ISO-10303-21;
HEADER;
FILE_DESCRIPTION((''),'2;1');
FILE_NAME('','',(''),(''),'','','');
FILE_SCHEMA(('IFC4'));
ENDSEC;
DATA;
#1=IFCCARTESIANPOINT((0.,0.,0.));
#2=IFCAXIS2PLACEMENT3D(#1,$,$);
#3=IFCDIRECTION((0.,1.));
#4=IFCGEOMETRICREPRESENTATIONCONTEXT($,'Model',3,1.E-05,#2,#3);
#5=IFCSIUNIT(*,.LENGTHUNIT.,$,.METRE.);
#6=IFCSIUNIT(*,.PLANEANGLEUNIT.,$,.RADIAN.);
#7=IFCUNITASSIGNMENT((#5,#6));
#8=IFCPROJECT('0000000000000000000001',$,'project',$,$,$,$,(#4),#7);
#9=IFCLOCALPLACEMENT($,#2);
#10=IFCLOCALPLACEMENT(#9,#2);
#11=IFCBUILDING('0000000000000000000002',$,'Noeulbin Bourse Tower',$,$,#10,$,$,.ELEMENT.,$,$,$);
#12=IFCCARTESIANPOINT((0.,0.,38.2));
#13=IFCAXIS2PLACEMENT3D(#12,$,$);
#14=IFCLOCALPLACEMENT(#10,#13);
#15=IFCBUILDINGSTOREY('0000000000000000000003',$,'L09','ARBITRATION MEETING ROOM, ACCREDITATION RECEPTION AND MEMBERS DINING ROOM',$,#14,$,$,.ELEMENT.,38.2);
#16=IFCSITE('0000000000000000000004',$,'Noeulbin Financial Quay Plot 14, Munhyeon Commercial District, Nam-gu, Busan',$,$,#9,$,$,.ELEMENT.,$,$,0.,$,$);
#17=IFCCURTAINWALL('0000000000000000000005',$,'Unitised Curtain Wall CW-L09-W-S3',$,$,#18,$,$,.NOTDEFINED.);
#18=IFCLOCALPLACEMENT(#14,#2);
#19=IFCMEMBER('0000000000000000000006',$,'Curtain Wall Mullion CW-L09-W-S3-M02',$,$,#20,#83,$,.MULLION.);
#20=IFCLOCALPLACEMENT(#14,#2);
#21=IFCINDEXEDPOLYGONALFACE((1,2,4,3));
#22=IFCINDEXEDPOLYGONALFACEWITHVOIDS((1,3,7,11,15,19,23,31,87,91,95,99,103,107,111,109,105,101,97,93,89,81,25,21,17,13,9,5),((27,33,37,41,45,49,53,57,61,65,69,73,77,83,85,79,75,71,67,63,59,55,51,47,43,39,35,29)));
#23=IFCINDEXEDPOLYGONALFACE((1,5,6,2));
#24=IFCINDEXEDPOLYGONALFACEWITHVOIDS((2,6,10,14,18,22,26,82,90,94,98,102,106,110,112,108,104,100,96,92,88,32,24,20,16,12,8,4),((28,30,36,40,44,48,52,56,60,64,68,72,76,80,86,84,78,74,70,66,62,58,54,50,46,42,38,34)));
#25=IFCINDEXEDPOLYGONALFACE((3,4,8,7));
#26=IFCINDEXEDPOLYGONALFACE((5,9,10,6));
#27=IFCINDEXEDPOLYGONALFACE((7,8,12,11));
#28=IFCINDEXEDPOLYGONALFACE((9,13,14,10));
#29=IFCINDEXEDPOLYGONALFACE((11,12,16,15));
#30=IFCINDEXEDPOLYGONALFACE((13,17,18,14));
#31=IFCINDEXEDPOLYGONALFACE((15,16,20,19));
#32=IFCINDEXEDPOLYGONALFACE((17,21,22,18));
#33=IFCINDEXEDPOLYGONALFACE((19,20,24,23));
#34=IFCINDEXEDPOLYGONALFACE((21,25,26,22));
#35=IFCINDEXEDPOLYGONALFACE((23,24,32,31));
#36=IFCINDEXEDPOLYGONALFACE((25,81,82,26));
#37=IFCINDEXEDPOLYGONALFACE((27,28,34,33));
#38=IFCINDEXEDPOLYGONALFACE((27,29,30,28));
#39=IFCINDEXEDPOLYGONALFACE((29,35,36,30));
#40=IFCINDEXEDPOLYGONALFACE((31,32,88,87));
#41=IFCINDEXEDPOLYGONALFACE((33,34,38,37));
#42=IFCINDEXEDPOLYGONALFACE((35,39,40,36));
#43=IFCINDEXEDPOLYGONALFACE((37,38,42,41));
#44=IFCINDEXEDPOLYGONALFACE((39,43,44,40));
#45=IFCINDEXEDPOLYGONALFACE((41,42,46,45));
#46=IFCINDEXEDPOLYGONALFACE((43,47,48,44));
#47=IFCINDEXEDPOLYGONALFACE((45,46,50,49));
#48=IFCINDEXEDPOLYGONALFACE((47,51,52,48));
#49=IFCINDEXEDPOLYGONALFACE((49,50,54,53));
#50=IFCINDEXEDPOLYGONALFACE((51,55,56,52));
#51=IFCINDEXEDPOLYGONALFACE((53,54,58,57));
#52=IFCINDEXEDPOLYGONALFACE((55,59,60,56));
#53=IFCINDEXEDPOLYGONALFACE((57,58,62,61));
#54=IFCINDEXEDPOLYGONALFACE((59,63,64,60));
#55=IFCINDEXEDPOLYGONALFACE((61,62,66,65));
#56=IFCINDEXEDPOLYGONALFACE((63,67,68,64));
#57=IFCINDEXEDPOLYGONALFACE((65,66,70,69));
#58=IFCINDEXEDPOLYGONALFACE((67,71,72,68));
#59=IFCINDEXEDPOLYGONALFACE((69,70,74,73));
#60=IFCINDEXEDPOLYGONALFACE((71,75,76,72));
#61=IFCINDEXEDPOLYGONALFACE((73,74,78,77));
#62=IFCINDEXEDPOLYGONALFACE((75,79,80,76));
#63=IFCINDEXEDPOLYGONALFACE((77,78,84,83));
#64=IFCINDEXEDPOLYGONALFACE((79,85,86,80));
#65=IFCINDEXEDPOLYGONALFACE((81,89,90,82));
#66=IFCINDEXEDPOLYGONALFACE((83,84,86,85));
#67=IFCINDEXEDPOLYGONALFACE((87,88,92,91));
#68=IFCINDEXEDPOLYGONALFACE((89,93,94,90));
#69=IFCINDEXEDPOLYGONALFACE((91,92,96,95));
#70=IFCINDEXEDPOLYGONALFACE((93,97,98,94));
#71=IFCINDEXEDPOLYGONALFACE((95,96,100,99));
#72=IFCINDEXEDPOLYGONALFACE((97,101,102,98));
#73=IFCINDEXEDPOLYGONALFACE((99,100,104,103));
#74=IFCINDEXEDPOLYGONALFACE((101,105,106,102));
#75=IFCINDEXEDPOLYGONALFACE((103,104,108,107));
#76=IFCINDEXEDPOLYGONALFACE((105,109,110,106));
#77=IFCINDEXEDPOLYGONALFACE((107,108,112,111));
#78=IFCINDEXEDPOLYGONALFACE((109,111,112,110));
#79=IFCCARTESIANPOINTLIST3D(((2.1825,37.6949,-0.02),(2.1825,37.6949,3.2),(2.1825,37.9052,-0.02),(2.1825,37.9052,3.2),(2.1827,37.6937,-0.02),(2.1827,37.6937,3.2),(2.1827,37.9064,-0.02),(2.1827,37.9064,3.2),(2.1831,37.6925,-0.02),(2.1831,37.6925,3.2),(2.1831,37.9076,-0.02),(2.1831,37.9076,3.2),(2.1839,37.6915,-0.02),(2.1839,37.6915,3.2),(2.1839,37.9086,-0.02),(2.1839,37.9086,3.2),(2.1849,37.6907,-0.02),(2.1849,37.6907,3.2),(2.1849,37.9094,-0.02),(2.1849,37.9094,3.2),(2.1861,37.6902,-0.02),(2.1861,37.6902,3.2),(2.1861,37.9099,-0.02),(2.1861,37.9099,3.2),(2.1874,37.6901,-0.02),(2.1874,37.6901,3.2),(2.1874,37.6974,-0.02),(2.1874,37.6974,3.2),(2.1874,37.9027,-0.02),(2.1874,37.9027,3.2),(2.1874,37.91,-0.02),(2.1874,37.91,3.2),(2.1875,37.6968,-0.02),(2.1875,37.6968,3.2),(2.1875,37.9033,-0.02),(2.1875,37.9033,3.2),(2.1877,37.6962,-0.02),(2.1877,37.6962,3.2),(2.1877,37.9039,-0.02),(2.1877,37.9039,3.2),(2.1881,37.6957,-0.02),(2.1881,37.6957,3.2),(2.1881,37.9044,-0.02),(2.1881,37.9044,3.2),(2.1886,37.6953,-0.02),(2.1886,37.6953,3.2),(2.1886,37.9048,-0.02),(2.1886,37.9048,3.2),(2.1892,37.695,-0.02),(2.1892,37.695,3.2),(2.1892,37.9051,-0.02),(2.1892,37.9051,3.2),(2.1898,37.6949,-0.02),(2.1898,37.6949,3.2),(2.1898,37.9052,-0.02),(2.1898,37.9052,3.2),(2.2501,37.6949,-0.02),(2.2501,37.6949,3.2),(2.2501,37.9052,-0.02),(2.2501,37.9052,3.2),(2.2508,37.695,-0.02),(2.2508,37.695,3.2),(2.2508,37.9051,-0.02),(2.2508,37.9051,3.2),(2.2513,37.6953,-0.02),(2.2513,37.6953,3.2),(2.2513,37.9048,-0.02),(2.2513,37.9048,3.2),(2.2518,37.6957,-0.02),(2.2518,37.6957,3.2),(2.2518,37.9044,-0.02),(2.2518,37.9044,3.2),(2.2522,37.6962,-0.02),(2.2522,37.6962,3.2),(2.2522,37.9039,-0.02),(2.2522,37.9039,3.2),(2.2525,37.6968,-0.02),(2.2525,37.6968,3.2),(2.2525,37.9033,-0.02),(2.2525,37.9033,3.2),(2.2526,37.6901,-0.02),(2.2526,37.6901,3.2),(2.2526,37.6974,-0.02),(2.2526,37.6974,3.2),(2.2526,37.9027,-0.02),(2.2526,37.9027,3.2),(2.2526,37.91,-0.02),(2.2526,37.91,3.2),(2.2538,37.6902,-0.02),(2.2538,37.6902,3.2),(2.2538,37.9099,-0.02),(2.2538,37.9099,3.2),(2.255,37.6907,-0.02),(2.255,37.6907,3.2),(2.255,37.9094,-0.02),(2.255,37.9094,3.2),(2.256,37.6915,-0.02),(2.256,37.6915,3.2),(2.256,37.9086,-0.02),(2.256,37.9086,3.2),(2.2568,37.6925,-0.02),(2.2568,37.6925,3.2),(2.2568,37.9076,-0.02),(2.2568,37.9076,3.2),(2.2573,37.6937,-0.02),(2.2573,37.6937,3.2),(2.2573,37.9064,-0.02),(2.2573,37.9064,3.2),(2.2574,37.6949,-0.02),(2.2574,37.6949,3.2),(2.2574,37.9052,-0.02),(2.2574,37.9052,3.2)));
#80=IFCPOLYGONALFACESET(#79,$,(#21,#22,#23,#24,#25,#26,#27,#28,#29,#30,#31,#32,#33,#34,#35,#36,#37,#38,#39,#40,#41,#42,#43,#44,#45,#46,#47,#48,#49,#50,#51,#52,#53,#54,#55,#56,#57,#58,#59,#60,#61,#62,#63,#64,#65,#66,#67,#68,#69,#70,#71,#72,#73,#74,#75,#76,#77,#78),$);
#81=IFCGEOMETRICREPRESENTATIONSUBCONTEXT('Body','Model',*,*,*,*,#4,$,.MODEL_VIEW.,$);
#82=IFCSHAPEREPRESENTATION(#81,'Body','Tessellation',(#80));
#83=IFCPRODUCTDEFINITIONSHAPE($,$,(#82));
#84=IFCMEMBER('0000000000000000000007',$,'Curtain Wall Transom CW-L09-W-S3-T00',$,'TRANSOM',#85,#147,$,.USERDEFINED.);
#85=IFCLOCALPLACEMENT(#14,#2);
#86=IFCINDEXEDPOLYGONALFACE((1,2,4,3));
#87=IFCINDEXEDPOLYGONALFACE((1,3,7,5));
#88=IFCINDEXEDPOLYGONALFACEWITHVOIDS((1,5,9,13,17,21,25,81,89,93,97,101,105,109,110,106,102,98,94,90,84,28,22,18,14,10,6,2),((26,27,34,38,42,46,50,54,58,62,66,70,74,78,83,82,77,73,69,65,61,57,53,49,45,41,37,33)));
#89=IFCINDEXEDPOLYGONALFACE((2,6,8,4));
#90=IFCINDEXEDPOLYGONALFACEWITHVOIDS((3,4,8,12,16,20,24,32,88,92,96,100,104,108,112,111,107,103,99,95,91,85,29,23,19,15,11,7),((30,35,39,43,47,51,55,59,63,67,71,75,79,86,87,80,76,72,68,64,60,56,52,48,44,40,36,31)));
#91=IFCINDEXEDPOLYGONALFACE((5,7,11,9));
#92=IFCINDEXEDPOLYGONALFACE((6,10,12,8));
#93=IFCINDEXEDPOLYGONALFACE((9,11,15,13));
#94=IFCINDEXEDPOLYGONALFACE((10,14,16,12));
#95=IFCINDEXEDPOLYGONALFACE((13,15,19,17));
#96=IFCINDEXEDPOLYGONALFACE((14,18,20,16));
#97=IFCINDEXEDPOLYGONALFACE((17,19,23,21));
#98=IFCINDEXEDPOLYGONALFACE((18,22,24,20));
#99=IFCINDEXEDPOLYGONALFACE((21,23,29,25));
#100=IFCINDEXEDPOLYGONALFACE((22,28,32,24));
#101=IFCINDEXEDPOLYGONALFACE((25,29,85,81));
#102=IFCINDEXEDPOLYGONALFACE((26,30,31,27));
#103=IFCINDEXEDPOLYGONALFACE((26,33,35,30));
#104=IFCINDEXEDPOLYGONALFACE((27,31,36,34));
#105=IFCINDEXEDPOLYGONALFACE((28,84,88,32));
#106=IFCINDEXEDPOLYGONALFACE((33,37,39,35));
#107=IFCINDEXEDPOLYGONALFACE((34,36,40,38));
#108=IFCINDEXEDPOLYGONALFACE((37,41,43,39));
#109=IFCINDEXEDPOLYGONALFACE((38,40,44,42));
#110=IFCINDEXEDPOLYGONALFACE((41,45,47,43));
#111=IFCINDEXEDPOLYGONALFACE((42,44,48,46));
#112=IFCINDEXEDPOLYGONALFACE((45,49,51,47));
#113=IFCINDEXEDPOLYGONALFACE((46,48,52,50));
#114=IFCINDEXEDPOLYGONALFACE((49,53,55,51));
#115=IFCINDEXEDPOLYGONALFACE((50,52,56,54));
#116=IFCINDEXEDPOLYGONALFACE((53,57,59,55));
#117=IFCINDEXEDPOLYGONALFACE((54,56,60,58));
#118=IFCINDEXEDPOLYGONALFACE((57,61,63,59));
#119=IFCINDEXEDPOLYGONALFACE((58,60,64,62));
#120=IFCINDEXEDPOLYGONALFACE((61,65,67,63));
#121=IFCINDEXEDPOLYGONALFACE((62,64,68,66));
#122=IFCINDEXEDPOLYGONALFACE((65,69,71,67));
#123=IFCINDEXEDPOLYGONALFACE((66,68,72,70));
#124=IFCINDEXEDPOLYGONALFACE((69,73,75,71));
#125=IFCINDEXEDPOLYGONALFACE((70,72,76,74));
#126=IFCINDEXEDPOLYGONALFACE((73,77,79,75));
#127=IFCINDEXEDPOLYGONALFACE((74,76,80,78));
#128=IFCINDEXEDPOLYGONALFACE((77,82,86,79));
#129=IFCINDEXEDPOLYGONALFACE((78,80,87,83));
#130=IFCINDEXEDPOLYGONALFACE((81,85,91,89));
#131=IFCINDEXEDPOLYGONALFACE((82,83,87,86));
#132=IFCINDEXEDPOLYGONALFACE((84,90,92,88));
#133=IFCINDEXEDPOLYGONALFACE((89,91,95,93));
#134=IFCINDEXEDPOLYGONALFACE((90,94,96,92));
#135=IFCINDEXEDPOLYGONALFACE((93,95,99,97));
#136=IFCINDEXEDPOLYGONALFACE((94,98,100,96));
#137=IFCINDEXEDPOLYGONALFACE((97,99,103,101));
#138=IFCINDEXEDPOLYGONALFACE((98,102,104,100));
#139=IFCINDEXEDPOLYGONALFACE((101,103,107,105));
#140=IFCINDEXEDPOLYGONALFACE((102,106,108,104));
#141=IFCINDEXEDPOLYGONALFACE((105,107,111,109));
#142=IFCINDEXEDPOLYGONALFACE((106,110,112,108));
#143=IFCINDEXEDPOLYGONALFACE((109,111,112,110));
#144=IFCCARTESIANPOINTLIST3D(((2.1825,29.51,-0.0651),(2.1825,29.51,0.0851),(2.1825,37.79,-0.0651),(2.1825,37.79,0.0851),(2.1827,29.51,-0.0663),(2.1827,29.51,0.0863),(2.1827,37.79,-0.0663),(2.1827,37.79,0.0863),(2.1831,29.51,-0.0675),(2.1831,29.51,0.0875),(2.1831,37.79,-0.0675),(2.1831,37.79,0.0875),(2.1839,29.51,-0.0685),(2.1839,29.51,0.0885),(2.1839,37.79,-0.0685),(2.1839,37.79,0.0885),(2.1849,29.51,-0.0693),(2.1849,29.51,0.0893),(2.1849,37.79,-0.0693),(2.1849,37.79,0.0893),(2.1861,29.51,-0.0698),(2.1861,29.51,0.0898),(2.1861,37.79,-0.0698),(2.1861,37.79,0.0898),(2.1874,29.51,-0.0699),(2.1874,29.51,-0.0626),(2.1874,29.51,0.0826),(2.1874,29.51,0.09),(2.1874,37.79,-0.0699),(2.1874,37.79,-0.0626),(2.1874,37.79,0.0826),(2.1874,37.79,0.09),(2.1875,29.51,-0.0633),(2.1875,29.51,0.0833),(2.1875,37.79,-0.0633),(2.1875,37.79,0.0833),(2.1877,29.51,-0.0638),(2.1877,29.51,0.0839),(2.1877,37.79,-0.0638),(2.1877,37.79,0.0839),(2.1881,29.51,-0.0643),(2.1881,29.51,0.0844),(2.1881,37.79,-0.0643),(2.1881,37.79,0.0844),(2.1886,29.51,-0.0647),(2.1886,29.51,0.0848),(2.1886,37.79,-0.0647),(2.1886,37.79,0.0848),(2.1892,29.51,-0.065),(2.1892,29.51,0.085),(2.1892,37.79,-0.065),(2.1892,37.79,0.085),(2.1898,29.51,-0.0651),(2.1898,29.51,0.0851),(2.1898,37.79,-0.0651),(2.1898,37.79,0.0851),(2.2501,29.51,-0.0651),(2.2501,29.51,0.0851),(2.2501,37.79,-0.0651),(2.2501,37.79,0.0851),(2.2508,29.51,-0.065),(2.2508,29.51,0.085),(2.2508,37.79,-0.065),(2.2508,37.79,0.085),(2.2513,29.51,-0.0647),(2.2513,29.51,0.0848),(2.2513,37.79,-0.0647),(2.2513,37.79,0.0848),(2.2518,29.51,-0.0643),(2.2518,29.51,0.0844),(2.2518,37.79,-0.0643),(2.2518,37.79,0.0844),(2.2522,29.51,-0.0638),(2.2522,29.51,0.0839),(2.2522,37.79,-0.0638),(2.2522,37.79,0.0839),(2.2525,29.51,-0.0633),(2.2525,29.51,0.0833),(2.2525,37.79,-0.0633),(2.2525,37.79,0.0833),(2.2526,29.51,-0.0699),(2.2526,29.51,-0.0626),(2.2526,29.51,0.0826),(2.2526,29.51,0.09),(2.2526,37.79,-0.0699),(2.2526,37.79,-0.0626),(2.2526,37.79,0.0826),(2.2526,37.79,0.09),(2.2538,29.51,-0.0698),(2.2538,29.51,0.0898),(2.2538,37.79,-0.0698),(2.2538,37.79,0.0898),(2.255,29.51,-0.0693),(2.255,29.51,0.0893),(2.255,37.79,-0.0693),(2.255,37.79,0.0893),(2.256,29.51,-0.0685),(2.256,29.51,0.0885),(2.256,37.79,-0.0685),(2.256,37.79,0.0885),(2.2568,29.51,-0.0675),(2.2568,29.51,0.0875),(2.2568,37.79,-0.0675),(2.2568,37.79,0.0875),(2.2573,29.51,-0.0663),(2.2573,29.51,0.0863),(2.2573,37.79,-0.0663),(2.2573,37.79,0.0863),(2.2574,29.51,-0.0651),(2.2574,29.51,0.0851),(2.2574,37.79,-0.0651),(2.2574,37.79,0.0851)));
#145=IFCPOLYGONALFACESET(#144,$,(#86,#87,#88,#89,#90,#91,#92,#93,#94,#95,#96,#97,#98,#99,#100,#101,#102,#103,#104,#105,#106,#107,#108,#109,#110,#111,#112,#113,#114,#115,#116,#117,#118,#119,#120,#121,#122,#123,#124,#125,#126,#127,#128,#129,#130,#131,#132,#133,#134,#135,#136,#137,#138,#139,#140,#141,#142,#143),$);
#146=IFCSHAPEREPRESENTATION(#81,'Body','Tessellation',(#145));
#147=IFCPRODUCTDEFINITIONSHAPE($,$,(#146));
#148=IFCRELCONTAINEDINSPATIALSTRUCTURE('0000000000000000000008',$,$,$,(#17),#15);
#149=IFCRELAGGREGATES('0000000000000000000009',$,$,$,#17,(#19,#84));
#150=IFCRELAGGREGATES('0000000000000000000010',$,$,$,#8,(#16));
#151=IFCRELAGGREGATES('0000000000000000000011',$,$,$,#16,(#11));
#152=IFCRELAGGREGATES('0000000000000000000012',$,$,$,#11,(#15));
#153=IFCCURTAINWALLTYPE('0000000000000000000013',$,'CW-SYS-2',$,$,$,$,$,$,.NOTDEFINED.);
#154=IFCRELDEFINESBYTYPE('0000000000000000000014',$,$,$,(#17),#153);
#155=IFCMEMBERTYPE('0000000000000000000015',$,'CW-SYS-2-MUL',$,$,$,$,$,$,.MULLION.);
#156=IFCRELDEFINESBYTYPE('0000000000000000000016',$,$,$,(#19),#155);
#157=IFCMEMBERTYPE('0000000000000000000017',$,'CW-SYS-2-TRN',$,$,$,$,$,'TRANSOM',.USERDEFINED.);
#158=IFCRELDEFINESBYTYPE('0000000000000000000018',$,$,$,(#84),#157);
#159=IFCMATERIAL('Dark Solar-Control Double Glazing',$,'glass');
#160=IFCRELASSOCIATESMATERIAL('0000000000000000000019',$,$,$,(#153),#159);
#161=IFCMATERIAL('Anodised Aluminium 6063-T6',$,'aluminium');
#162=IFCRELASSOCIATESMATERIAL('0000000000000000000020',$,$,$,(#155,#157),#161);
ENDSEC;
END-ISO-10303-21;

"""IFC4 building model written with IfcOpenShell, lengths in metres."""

from ifc_helpers import new_model, si_unit, direction, frame, origin, origin_2d, place, context, subcontext, project, spatial, hollow_rectangle, extrude, material, material_profile, profile_set, type_object, element, aggregate, save


model = new_model("IFC4")

# Units and contexts
model_context = context("Model", 3, precision=1e-05, world=origin(), true_north=direction((0.0, 1.0)))
body_context = subcontext(model_context, "Body", "Model", "MODEL_VIEW")
ifc_project = project(units=[si_unit("LENGTHUNIT", "METRE"), si_unit("PLANEANGLEUNIT", "RADIAN")], contexts=[model_context])

# Site, building, storey
site_placement = place(None, origin())
site = spatial("IfcSite", under=ifc_project, at=site_placement, Name="Noeulbin Financial Quay Plot 14, Munhyeon Commercial District, Nam-gu, Busan", CompositionType="ELEMENT", RefElevation=0.0)
building_placement = place(site_placement, origin())
building = spatial("IfcBuilding", under=site, at=building_placement, Name="Noeulbin Bourse Tower", CompositionType="ELEMENT")
storey_placement = place(building_placement, frame((0.0, 0.0, 38.2)))
storey = spatial("IfcBuildingStorey", under=building, at=storey_placement, Name="L09", Description="ARBITRATION MEETING ROOM, ACCREDITATION RECEPTION AND MEMBERS DINING ROOM", CompositionType="ELEMENT", Elevation=38.2)

# Shared definitions
ifc_material_1 = material(Name="Dark Solar-Control Double Glazing", Category="glass")
curtain_wall_type = type_object("IfcCurtainWallType", Name="CW-SYS-2", PredefinedType="NOTDEFINED", material=ifc_material_1)
ifc_material_2 = material(Name="Anodised Aluminium 6063-T6", Category="aluminium")
ifc_material_profile_1 = material_profile(ifc_material_2, hollow_rectangle(XDim=0.075, YDim=0.22, WallThickness=0.0049, InnerFilletRadius=0.0024, OuterFilletRadius=0.0049, at=origin_2d()), Name="ALU-MULL-75x220x5", Category="LoadBearing")
ifc_profile_set_1 = profile_set([ifc_material_profile_1], Name="Anodised Aluminium 6063-T6")
member_type_1 = type_object("IfcMemberType", Name="CW-SYS-2-MUL", PredefinedType="MULLION", material=ifc_profile_set_1)

# Curtain wall, members
curtain_wall_1_placement = place(storey_placement, origin())
curtain_wall_1 = element("IfcCurtainWall", 1, at=curtain_wall_1_placement, inside=storey, type_object=curtain_wall_type, Name="Unitised Curtain Wall CW-L09-W-S3", PredefinedType="NOTDEFINED")
member_1_placement = place(storey_placement, frame((2.22, 37.8, -0.02), z_axis=(0.0, 0.0, 1.0), x_axis=(1.0, 0.0, 0.0)))
member_1 = element("IfcMember", 2, at=member_1_placement, type_object=member_type_1, Name="Curtain Wall Mullion CW-L09-W-S3-M02", PredefinedType="MULLION", context=body_context, shape_type="SweptSolid", body=[
    extrude(hollow_rectangle(XDim=0.075, YDim=0.22, WallThickness=0.0049, InnerFilletRadius=0.0024, OuterFilletRadius=0.0049, at=origin_2d()), origin(), (0.0, 0.0, 1.0), 3.22),
])
ifc_material_profile_2 = material_profile(ifc_material_2, hollow_rectangle(XDim=0.075, YDim=0.1599, WallThickness=0.0049, InnerFilletRadius=0.0024, OuterFilletRadius=0.0049, at=origin_2d()), Name="ALU-TRAN-75x160x5", Category="LoadBearing")
ifc_profile_set_2 = profile_set([ifc_material_profile_2], Name="Anodised Aluminium 6063-T6")
member_type_2 = type_object("IfcMemberType", Name="CW-SYS-2-TRN", ElementType="TRANSOM", PredefinedType="USERDEFINED", material=ifc_profile_set_2)
member_2_placement = place(storey_placement, frame((2.22, 29.51, 0.01), z_axis=(0.0, 1.0, 0.0), x_axis=(-1.0, 0.0, 0.0)))
member_2 = element("IfcMember", 3, at=member_2_placement, type_object=member_type_2, Name="Curtain Wall Transom CW-L09-W-S3-T00", ObjectType="TRANSOM", PredefinedType="USERDEFINED", context=body_context, shape_type="SweptSolid", body=[
    extrude(hollow_rectangle(XDim=0.075, YDim=0.1599, WallThickness=0.0049, InnerFilletRadius=0.0024, OuterFilletRadius=0.0049, at=origin_2d()), origin(), (0.0, 0.0, 1.0), 8.28),
])
aggregate(curtain_wall_1, [member_1, member_2])

save(model, "model.ifc")
